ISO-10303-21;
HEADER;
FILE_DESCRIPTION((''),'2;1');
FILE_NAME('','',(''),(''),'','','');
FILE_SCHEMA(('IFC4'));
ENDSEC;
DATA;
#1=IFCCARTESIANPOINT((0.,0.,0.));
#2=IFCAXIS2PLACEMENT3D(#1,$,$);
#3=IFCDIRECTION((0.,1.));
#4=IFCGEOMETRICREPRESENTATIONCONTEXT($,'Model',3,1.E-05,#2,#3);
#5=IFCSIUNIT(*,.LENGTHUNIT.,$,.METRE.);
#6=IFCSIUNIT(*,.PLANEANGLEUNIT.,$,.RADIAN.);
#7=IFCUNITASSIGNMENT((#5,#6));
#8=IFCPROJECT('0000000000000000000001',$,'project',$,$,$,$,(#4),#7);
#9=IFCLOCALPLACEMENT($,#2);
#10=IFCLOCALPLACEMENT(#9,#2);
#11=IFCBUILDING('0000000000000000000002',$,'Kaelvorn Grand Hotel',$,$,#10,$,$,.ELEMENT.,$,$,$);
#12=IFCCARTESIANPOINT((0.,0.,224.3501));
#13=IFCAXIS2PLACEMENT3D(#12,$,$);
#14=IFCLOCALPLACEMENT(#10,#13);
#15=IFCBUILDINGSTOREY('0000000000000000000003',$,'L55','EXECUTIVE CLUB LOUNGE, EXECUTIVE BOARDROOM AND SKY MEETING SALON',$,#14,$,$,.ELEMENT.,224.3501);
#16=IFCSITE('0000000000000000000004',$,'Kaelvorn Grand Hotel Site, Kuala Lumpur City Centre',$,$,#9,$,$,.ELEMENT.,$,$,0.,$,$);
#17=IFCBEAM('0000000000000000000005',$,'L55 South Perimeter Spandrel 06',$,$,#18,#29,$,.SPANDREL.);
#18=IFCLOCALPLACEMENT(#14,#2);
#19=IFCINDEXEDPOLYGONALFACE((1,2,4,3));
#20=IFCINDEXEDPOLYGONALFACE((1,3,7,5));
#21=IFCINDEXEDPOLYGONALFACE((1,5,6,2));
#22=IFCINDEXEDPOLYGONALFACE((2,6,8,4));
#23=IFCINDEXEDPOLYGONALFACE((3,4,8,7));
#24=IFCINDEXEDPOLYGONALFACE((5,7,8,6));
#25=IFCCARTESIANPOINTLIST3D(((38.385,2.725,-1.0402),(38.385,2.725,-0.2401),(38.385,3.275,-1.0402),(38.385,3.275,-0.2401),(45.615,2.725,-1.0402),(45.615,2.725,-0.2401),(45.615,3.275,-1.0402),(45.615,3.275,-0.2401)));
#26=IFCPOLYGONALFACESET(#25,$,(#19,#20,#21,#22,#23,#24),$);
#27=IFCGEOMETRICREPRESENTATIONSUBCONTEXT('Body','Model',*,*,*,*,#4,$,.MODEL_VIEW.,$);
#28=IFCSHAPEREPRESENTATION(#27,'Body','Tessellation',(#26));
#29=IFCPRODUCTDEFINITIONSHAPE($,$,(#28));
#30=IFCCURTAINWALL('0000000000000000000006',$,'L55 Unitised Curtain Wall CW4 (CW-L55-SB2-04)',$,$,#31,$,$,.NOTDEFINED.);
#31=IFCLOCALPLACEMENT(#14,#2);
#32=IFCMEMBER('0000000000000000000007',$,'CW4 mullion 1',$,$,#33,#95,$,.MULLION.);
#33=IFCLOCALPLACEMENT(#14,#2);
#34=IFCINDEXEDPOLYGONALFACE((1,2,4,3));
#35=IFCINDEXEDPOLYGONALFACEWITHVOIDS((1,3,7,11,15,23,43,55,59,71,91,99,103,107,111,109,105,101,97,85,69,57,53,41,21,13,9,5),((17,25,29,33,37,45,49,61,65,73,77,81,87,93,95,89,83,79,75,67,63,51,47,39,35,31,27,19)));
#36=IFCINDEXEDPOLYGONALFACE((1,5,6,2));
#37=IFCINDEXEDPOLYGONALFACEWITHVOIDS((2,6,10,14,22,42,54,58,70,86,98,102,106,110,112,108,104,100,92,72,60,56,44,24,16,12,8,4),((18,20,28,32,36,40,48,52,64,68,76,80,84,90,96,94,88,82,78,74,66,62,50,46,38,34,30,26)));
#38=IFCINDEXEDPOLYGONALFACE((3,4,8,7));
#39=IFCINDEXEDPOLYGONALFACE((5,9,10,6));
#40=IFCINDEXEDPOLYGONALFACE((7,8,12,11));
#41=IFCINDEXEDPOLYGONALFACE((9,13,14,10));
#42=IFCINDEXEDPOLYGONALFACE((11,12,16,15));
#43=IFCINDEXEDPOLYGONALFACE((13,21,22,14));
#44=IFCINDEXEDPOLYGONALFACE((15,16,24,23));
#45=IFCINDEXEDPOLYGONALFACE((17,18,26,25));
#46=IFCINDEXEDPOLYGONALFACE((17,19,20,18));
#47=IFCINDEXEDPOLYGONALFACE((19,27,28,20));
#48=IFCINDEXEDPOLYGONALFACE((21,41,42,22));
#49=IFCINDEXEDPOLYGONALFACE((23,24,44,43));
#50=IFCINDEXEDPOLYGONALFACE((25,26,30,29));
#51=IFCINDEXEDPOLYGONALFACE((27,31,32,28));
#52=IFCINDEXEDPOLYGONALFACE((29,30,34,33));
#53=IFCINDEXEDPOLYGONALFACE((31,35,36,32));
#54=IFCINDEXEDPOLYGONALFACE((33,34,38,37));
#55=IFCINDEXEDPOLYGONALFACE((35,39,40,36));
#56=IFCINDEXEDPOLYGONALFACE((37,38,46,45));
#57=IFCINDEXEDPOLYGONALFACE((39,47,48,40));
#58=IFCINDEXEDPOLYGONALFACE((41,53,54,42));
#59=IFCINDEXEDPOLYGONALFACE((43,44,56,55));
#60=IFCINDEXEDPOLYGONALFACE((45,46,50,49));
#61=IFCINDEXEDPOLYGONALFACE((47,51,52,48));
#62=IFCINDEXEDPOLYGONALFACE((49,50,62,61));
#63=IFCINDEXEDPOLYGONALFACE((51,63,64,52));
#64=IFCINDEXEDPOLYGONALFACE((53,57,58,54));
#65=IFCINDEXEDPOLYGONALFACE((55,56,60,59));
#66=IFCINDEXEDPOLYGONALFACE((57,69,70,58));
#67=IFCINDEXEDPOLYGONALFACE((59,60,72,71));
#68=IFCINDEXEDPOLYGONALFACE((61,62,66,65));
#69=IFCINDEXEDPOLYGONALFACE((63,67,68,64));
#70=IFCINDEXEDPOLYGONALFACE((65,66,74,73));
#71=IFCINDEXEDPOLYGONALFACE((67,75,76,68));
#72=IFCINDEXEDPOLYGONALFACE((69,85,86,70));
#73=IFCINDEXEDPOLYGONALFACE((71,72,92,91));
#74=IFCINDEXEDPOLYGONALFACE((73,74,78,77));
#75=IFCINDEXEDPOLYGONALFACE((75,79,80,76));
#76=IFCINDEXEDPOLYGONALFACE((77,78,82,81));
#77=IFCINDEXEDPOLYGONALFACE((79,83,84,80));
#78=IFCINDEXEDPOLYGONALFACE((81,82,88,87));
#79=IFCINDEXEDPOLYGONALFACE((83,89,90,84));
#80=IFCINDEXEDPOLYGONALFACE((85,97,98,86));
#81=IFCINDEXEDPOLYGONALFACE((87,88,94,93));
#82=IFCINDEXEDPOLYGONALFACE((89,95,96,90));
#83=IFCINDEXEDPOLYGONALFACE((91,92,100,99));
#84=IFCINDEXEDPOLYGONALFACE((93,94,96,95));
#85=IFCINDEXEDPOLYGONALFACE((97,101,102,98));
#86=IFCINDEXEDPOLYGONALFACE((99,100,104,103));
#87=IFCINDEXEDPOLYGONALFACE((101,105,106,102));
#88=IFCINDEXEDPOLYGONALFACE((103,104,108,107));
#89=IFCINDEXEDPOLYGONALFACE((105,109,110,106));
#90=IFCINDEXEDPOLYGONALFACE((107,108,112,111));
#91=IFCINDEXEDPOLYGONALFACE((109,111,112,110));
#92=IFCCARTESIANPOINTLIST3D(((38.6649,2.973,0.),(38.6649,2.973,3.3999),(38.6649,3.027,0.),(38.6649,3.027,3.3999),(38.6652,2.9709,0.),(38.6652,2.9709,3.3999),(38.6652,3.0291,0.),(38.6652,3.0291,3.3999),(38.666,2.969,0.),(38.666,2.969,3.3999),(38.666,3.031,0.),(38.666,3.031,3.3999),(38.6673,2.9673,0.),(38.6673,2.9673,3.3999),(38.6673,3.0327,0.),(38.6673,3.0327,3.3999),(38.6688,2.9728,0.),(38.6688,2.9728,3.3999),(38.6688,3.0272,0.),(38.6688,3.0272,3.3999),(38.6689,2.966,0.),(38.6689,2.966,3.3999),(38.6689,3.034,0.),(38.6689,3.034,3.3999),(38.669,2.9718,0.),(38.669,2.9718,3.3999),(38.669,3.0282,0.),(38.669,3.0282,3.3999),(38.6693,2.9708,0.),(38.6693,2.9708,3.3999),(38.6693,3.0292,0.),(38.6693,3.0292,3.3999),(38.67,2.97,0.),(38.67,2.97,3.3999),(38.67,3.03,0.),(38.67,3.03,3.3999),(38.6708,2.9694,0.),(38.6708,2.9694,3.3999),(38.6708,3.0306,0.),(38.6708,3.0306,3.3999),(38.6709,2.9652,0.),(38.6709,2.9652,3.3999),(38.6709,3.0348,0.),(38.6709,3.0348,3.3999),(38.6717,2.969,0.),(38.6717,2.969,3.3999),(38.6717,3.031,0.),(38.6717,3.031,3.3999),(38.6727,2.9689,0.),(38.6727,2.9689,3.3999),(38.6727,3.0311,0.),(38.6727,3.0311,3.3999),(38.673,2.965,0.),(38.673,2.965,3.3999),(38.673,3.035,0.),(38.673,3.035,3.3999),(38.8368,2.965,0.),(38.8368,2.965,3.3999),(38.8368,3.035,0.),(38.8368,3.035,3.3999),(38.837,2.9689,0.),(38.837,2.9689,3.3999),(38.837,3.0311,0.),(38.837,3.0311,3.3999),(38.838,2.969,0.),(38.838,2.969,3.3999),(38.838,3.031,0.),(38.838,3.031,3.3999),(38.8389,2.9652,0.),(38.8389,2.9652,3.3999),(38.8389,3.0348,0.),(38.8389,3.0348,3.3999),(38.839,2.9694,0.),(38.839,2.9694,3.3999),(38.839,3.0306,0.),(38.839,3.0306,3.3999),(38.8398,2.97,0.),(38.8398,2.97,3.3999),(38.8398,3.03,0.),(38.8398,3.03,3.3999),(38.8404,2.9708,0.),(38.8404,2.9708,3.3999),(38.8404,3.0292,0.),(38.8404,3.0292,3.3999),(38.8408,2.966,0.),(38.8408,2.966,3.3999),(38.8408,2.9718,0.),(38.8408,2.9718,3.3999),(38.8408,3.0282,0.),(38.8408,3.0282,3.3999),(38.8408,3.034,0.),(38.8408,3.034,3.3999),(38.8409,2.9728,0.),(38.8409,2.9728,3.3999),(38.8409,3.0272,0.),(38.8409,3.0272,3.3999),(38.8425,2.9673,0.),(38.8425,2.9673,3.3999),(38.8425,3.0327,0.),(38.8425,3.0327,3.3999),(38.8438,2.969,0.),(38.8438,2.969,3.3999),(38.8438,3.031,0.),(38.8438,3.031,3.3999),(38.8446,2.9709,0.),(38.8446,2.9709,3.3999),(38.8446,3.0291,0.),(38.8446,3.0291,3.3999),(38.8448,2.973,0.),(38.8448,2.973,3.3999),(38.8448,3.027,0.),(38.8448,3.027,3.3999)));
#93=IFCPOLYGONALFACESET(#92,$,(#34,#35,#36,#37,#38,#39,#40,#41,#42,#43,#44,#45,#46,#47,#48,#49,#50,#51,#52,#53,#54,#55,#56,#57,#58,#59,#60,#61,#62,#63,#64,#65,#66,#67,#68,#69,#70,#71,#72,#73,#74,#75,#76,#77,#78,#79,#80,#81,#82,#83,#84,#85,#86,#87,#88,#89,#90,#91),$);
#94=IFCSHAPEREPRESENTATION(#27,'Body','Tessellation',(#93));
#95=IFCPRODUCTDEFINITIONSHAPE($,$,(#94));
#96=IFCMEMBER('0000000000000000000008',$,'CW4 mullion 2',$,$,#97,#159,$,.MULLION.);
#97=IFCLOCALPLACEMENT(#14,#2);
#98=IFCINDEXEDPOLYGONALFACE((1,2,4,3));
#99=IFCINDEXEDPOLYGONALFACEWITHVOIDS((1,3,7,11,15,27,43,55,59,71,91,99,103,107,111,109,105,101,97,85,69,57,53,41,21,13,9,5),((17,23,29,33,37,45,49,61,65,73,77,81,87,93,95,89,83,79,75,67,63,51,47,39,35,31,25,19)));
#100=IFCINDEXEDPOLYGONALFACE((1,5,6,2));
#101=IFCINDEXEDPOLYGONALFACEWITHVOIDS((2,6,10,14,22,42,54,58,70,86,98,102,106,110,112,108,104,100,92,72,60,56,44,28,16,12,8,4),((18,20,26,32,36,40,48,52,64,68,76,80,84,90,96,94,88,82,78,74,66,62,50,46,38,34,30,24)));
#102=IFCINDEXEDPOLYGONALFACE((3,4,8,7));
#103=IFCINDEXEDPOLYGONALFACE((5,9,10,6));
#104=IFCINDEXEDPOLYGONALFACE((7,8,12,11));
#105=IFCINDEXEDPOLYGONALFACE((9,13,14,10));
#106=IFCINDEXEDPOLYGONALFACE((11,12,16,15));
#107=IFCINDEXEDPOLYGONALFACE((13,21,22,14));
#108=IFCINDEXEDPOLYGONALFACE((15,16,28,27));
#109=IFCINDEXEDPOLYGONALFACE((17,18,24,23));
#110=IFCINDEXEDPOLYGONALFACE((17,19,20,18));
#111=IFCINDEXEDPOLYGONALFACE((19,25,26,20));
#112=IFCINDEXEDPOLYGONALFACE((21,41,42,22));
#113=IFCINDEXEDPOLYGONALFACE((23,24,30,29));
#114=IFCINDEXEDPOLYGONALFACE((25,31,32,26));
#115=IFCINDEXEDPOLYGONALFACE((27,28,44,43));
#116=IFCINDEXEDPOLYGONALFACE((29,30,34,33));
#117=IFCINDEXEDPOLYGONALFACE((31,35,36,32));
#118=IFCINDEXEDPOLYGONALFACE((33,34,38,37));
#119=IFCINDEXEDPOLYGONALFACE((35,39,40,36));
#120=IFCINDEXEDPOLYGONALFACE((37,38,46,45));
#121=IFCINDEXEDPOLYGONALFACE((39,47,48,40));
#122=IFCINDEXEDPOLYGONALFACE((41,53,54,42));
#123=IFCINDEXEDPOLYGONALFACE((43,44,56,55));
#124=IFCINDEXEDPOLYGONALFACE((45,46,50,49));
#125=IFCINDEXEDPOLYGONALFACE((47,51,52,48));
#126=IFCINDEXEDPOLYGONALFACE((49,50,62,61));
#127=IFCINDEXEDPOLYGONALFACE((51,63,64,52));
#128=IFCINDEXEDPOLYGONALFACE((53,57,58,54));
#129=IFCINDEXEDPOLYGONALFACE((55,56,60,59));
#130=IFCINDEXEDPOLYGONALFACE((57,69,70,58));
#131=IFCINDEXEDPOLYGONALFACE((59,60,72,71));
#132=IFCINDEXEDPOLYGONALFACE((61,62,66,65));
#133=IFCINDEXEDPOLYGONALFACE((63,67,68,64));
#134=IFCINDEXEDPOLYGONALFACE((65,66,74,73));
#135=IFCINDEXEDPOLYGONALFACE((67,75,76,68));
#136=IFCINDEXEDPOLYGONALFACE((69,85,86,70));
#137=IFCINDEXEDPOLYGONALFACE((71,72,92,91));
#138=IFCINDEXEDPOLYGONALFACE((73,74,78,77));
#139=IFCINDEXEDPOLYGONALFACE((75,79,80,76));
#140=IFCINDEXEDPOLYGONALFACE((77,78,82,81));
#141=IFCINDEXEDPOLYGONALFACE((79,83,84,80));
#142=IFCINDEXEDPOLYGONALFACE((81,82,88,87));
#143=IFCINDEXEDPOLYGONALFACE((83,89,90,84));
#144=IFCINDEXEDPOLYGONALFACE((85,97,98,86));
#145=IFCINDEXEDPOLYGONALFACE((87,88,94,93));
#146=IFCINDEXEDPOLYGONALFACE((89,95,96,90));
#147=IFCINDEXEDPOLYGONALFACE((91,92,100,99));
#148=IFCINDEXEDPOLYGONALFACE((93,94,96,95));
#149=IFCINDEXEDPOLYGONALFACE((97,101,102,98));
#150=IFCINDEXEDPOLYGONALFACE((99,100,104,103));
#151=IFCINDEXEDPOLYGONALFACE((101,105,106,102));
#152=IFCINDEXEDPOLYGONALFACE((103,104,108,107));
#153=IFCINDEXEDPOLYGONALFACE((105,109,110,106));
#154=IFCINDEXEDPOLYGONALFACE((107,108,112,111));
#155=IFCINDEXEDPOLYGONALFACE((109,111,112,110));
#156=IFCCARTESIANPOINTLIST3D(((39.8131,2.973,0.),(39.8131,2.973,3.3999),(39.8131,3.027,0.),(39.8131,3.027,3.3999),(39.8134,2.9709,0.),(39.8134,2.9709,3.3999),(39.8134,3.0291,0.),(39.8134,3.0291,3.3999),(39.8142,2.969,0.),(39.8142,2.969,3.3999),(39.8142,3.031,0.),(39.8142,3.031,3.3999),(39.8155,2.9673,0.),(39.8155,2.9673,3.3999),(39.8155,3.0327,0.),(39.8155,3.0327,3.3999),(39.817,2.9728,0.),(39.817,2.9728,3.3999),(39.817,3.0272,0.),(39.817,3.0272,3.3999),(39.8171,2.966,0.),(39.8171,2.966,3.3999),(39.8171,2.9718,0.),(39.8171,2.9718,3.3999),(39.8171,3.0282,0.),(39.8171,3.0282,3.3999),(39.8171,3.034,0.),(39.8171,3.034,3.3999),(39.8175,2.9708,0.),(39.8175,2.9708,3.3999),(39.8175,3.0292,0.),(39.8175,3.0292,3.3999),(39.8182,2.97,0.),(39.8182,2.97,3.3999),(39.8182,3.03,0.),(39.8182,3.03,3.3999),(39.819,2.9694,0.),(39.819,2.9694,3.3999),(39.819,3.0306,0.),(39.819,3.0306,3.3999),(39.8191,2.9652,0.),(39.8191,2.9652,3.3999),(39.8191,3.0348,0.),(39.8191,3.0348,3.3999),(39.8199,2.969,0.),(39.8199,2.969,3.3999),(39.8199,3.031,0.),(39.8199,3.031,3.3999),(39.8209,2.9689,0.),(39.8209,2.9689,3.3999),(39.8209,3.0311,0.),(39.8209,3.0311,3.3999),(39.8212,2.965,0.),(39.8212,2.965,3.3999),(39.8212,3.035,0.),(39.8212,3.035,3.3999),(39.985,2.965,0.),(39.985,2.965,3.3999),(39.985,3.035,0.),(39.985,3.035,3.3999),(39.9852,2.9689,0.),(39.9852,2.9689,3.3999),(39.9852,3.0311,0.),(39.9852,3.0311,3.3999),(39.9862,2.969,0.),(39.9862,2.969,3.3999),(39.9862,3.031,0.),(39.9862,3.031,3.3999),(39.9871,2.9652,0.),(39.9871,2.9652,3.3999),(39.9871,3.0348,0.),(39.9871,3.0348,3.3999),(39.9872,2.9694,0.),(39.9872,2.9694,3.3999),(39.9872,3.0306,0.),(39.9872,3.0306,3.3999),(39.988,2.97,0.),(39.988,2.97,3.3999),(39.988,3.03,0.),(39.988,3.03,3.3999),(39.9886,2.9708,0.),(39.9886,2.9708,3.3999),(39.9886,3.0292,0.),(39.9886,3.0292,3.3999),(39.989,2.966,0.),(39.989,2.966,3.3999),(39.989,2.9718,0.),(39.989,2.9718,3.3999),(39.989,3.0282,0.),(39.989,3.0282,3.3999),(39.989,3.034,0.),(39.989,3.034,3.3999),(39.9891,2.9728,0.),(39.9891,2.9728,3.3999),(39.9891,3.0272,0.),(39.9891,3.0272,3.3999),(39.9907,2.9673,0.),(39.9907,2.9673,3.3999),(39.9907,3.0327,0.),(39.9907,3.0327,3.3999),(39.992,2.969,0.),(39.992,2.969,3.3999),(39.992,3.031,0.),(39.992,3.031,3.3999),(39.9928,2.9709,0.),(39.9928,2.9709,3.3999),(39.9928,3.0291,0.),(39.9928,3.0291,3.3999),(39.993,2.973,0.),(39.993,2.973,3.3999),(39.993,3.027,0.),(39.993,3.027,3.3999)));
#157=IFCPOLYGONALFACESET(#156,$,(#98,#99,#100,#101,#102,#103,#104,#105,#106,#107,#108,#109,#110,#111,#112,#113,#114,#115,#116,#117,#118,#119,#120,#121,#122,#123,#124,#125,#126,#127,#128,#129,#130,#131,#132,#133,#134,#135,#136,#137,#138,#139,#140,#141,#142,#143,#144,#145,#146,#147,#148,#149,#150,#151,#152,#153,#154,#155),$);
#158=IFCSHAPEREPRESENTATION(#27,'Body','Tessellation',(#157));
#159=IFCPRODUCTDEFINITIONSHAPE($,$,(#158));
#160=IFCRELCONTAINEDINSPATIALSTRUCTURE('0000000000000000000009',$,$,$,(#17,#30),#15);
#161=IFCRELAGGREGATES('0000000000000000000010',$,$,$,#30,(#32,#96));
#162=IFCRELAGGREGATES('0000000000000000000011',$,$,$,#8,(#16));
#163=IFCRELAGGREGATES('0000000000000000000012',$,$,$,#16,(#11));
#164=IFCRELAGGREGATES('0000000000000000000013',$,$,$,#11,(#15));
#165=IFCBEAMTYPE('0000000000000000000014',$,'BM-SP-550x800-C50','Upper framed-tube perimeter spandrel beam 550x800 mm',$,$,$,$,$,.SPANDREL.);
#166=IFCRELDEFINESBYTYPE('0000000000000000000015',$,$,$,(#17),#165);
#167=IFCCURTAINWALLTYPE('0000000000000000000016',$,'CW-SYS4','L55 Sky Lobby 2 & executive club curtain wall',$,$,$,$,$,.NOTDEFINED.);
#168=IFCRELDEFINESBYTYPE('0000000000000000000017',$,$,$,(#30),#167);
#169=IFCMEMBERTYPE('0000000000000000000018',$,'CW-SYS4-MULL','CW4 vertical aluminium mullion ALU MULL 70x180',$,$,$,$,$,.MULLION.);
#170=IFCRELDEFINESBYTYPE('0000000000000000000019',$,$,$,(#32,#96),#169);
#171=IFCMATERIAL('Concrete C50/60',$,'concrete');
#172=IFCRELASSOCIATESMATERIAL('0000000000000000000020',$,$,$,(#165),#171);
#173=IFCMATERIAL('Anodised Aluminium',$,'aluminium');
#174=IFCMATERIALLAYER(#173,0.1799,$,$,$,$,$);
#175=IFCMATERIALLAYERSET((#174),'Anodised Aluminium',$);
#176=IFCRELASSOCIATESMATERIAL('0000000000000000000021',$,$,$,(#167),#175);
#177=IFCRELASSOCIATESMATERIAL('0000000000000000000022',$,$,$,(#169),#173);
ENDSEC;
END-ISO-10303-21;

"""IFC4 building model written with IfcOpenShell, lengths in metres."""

from ifc_helpers import new_model, si_unit, direction, frame, origin, origin_2d, place, context, subcontext, project, spatial, rectangle, hollow_rectangle, extrude, material, layer, layer_set, material_profile, profile_set, type_object, element, aggregate, save


model = new_model("IFC4")

# Units and contexts
model_context = context("Model", 3, precision=1e-05, world=origin(), true_north=direction((0.0, 1.0)))
body_context = subcontext(model_context, "Body", "Model", "MODEL_VIEW")
ifc_project = project(units=[si_unit("LENGTHUNIT", "METRE"), si_unit("PLANEANGLEUNIT", "RADIAN")], contexts=[model_context])

# Site, building, storey
site_placement = place(None, origin())
site = spatial("IfcSite", under=ifc_project, at=site_placement, Name="Kaelvorn Grand Hotel Site, Kuala Lumpur City Centre", CompositionType="ELEMENT", RefElevation=0.0)
building_placement = place(site_placement, origin())
building = spatial("IfcBuilding", under=site, at=building_placement, Name="Kaelvorn Grand Hotel", CompositionType="ELEMENT")
storey_placement = place(building_placement, frame((0.0, 0.0, 224.3501)))
storey = spatial("IfcBuildingStorey", under=building, at=storey_placement, Name="L55", Description="EXECUTIVE CLUB LOUNGE, EXECUTIVE BOARDROOM AND SKY MEETING SALON", CompositionType="ELEMENT", Elevation=224.3501)

# Beam
ifc_material_1 = material(Name="Concrete C50/60", Category="concrete")
ifc_material_profile_1 = material_profile(ifc_material_1, rectangle(XDim=0.55, YDim=0.8, at=origin_2d()), Name="RC SPANDREL 550x800")
ifc_profile_set_1 = profile_set([ifc_material_profile_1], Name="Concrete C50/60")
beam_type_1 = type_object("IfcBeamType", Name="BM-SP-550x800-C50", Description="Upper framed-tube perimeter spandrel beam 550x800 mm", PredefinedType="SPANDREL", material=ifc_profile_set_1)
beam_1_placement = place(storey_placement, frame((38.385, 3.0, -0.6401), z_axis=(1.0, 0.0, 0.0), x_axis=(0.0, 1.0, 0.0)))
element("IfcBeam", 1, at=beam_1_placement, inside=storey, type_object=beam_type_1, Name="L55 South Perimeter Spandrel 06", PredefinedType="SPANDREL", context=body_context, shape_type="SweptSolid", body=[
    extrude(rectangle(XDim=0.55, YDim=0.8, at=origin_2d()), origin(), (0.0, 0.0, 1.0), 7.23),
])

# Curtain wall, members
ifc_material_2 = material(Name="Anodised Aluminium", Category="aluminium")
ifc_layer_1 = layer(ifc_material_2, 0.1799)
ifc_layer_set_1 = layer_set([ifc_layer_1], Name="Anodised Aluminium")
curtain_wall_type = type_object("IfcCurtainWallType", Name="CW-SYS4", Description="L55 Sky Lobby 2 & executive club curtain wall", PredefinedType="NOTDEFINED", material=ifc_layer_set_1)
curtain_wall_placement = place(storey_placement, origin())
curtain_wall = element("IfcCurtainWall", 2, at=curtain_wall_placement, inside=storey, type_object=curtain_wall_type, Name="L55 Unitised Curtain Wall CW4 (CW-L55-SB2-04)", PredefinedType="NOTDEFINED")
ifc_material_profile_2 = material_profile(ifc_material_2, hollow_rectangle(XDim=0.0701, YDim=0.1799, WallThickness=0.0039, InnerFilletRadius=0.0039, OuterFilletRadius=0.0081, at=origin_2d()), Name="ALU MULL 70x180")
ifc_profile_set_2 = profile_set([ifc_material_profile_2], Name="Anodised Aluminium")
member_type_1 = type_object("IfcMemberType", Name="CW-SYS4-MULL", Description="CW4 vertical aluminium mullion ALU MULL 70x180", PredefinedType="MULLION", material=ifc_profile_set_2)
member_1_placement = place(storey_placement, frame((38.7549, 3.0, 0.0), z_axis=(0.0, 0.0, 1.0), x_axis=(0.0, 1.0, 0.0)))
member_1 = element("IfcMember", 3, at=member_1_placement, type_object=member_type_1, Name="CW4 mullion 1", PredefinedType="MULLION", context=body_context, shape_type="SweptSolid", body=[
    extrude(hollow_rectangle(XDim=0.0701, YDim=0.1799, WallThickness=0.0039, InnerFilletRadius=0.0039, OuterFilletRadius=0.0081, at=origin_2d()), origin(), (0.0, 0.0, 1.0), 3.3999),
])
member_2_placement = place(storey_placement, frame((39.9031, 3.0, 0.0), z_axis=(0.0, 0.0, 1.0), x_axis=(0.0, 1.0, 0.0)))
member_2 = element("IfcMember", 4, at=member_2_placement, type_object=member_type_1, Name="CW4 mullion 2", PredefinedType="MULLION", context=body_context, shape_type="SweptSolid", body=[
    extrude(hollow_rectangle(XDim=0.0701, YDim=0.1799, WallThickness=0.0039, InnerFilletRadius=0.0039, OuterFilletRadius=0.0081, at=origin_2d()), origin(), (0.0, 0.0, 1.0), 3.3999),
])
aggregate(curtain_wall, [member_1, member_2])

save(model, "model.ifc")
